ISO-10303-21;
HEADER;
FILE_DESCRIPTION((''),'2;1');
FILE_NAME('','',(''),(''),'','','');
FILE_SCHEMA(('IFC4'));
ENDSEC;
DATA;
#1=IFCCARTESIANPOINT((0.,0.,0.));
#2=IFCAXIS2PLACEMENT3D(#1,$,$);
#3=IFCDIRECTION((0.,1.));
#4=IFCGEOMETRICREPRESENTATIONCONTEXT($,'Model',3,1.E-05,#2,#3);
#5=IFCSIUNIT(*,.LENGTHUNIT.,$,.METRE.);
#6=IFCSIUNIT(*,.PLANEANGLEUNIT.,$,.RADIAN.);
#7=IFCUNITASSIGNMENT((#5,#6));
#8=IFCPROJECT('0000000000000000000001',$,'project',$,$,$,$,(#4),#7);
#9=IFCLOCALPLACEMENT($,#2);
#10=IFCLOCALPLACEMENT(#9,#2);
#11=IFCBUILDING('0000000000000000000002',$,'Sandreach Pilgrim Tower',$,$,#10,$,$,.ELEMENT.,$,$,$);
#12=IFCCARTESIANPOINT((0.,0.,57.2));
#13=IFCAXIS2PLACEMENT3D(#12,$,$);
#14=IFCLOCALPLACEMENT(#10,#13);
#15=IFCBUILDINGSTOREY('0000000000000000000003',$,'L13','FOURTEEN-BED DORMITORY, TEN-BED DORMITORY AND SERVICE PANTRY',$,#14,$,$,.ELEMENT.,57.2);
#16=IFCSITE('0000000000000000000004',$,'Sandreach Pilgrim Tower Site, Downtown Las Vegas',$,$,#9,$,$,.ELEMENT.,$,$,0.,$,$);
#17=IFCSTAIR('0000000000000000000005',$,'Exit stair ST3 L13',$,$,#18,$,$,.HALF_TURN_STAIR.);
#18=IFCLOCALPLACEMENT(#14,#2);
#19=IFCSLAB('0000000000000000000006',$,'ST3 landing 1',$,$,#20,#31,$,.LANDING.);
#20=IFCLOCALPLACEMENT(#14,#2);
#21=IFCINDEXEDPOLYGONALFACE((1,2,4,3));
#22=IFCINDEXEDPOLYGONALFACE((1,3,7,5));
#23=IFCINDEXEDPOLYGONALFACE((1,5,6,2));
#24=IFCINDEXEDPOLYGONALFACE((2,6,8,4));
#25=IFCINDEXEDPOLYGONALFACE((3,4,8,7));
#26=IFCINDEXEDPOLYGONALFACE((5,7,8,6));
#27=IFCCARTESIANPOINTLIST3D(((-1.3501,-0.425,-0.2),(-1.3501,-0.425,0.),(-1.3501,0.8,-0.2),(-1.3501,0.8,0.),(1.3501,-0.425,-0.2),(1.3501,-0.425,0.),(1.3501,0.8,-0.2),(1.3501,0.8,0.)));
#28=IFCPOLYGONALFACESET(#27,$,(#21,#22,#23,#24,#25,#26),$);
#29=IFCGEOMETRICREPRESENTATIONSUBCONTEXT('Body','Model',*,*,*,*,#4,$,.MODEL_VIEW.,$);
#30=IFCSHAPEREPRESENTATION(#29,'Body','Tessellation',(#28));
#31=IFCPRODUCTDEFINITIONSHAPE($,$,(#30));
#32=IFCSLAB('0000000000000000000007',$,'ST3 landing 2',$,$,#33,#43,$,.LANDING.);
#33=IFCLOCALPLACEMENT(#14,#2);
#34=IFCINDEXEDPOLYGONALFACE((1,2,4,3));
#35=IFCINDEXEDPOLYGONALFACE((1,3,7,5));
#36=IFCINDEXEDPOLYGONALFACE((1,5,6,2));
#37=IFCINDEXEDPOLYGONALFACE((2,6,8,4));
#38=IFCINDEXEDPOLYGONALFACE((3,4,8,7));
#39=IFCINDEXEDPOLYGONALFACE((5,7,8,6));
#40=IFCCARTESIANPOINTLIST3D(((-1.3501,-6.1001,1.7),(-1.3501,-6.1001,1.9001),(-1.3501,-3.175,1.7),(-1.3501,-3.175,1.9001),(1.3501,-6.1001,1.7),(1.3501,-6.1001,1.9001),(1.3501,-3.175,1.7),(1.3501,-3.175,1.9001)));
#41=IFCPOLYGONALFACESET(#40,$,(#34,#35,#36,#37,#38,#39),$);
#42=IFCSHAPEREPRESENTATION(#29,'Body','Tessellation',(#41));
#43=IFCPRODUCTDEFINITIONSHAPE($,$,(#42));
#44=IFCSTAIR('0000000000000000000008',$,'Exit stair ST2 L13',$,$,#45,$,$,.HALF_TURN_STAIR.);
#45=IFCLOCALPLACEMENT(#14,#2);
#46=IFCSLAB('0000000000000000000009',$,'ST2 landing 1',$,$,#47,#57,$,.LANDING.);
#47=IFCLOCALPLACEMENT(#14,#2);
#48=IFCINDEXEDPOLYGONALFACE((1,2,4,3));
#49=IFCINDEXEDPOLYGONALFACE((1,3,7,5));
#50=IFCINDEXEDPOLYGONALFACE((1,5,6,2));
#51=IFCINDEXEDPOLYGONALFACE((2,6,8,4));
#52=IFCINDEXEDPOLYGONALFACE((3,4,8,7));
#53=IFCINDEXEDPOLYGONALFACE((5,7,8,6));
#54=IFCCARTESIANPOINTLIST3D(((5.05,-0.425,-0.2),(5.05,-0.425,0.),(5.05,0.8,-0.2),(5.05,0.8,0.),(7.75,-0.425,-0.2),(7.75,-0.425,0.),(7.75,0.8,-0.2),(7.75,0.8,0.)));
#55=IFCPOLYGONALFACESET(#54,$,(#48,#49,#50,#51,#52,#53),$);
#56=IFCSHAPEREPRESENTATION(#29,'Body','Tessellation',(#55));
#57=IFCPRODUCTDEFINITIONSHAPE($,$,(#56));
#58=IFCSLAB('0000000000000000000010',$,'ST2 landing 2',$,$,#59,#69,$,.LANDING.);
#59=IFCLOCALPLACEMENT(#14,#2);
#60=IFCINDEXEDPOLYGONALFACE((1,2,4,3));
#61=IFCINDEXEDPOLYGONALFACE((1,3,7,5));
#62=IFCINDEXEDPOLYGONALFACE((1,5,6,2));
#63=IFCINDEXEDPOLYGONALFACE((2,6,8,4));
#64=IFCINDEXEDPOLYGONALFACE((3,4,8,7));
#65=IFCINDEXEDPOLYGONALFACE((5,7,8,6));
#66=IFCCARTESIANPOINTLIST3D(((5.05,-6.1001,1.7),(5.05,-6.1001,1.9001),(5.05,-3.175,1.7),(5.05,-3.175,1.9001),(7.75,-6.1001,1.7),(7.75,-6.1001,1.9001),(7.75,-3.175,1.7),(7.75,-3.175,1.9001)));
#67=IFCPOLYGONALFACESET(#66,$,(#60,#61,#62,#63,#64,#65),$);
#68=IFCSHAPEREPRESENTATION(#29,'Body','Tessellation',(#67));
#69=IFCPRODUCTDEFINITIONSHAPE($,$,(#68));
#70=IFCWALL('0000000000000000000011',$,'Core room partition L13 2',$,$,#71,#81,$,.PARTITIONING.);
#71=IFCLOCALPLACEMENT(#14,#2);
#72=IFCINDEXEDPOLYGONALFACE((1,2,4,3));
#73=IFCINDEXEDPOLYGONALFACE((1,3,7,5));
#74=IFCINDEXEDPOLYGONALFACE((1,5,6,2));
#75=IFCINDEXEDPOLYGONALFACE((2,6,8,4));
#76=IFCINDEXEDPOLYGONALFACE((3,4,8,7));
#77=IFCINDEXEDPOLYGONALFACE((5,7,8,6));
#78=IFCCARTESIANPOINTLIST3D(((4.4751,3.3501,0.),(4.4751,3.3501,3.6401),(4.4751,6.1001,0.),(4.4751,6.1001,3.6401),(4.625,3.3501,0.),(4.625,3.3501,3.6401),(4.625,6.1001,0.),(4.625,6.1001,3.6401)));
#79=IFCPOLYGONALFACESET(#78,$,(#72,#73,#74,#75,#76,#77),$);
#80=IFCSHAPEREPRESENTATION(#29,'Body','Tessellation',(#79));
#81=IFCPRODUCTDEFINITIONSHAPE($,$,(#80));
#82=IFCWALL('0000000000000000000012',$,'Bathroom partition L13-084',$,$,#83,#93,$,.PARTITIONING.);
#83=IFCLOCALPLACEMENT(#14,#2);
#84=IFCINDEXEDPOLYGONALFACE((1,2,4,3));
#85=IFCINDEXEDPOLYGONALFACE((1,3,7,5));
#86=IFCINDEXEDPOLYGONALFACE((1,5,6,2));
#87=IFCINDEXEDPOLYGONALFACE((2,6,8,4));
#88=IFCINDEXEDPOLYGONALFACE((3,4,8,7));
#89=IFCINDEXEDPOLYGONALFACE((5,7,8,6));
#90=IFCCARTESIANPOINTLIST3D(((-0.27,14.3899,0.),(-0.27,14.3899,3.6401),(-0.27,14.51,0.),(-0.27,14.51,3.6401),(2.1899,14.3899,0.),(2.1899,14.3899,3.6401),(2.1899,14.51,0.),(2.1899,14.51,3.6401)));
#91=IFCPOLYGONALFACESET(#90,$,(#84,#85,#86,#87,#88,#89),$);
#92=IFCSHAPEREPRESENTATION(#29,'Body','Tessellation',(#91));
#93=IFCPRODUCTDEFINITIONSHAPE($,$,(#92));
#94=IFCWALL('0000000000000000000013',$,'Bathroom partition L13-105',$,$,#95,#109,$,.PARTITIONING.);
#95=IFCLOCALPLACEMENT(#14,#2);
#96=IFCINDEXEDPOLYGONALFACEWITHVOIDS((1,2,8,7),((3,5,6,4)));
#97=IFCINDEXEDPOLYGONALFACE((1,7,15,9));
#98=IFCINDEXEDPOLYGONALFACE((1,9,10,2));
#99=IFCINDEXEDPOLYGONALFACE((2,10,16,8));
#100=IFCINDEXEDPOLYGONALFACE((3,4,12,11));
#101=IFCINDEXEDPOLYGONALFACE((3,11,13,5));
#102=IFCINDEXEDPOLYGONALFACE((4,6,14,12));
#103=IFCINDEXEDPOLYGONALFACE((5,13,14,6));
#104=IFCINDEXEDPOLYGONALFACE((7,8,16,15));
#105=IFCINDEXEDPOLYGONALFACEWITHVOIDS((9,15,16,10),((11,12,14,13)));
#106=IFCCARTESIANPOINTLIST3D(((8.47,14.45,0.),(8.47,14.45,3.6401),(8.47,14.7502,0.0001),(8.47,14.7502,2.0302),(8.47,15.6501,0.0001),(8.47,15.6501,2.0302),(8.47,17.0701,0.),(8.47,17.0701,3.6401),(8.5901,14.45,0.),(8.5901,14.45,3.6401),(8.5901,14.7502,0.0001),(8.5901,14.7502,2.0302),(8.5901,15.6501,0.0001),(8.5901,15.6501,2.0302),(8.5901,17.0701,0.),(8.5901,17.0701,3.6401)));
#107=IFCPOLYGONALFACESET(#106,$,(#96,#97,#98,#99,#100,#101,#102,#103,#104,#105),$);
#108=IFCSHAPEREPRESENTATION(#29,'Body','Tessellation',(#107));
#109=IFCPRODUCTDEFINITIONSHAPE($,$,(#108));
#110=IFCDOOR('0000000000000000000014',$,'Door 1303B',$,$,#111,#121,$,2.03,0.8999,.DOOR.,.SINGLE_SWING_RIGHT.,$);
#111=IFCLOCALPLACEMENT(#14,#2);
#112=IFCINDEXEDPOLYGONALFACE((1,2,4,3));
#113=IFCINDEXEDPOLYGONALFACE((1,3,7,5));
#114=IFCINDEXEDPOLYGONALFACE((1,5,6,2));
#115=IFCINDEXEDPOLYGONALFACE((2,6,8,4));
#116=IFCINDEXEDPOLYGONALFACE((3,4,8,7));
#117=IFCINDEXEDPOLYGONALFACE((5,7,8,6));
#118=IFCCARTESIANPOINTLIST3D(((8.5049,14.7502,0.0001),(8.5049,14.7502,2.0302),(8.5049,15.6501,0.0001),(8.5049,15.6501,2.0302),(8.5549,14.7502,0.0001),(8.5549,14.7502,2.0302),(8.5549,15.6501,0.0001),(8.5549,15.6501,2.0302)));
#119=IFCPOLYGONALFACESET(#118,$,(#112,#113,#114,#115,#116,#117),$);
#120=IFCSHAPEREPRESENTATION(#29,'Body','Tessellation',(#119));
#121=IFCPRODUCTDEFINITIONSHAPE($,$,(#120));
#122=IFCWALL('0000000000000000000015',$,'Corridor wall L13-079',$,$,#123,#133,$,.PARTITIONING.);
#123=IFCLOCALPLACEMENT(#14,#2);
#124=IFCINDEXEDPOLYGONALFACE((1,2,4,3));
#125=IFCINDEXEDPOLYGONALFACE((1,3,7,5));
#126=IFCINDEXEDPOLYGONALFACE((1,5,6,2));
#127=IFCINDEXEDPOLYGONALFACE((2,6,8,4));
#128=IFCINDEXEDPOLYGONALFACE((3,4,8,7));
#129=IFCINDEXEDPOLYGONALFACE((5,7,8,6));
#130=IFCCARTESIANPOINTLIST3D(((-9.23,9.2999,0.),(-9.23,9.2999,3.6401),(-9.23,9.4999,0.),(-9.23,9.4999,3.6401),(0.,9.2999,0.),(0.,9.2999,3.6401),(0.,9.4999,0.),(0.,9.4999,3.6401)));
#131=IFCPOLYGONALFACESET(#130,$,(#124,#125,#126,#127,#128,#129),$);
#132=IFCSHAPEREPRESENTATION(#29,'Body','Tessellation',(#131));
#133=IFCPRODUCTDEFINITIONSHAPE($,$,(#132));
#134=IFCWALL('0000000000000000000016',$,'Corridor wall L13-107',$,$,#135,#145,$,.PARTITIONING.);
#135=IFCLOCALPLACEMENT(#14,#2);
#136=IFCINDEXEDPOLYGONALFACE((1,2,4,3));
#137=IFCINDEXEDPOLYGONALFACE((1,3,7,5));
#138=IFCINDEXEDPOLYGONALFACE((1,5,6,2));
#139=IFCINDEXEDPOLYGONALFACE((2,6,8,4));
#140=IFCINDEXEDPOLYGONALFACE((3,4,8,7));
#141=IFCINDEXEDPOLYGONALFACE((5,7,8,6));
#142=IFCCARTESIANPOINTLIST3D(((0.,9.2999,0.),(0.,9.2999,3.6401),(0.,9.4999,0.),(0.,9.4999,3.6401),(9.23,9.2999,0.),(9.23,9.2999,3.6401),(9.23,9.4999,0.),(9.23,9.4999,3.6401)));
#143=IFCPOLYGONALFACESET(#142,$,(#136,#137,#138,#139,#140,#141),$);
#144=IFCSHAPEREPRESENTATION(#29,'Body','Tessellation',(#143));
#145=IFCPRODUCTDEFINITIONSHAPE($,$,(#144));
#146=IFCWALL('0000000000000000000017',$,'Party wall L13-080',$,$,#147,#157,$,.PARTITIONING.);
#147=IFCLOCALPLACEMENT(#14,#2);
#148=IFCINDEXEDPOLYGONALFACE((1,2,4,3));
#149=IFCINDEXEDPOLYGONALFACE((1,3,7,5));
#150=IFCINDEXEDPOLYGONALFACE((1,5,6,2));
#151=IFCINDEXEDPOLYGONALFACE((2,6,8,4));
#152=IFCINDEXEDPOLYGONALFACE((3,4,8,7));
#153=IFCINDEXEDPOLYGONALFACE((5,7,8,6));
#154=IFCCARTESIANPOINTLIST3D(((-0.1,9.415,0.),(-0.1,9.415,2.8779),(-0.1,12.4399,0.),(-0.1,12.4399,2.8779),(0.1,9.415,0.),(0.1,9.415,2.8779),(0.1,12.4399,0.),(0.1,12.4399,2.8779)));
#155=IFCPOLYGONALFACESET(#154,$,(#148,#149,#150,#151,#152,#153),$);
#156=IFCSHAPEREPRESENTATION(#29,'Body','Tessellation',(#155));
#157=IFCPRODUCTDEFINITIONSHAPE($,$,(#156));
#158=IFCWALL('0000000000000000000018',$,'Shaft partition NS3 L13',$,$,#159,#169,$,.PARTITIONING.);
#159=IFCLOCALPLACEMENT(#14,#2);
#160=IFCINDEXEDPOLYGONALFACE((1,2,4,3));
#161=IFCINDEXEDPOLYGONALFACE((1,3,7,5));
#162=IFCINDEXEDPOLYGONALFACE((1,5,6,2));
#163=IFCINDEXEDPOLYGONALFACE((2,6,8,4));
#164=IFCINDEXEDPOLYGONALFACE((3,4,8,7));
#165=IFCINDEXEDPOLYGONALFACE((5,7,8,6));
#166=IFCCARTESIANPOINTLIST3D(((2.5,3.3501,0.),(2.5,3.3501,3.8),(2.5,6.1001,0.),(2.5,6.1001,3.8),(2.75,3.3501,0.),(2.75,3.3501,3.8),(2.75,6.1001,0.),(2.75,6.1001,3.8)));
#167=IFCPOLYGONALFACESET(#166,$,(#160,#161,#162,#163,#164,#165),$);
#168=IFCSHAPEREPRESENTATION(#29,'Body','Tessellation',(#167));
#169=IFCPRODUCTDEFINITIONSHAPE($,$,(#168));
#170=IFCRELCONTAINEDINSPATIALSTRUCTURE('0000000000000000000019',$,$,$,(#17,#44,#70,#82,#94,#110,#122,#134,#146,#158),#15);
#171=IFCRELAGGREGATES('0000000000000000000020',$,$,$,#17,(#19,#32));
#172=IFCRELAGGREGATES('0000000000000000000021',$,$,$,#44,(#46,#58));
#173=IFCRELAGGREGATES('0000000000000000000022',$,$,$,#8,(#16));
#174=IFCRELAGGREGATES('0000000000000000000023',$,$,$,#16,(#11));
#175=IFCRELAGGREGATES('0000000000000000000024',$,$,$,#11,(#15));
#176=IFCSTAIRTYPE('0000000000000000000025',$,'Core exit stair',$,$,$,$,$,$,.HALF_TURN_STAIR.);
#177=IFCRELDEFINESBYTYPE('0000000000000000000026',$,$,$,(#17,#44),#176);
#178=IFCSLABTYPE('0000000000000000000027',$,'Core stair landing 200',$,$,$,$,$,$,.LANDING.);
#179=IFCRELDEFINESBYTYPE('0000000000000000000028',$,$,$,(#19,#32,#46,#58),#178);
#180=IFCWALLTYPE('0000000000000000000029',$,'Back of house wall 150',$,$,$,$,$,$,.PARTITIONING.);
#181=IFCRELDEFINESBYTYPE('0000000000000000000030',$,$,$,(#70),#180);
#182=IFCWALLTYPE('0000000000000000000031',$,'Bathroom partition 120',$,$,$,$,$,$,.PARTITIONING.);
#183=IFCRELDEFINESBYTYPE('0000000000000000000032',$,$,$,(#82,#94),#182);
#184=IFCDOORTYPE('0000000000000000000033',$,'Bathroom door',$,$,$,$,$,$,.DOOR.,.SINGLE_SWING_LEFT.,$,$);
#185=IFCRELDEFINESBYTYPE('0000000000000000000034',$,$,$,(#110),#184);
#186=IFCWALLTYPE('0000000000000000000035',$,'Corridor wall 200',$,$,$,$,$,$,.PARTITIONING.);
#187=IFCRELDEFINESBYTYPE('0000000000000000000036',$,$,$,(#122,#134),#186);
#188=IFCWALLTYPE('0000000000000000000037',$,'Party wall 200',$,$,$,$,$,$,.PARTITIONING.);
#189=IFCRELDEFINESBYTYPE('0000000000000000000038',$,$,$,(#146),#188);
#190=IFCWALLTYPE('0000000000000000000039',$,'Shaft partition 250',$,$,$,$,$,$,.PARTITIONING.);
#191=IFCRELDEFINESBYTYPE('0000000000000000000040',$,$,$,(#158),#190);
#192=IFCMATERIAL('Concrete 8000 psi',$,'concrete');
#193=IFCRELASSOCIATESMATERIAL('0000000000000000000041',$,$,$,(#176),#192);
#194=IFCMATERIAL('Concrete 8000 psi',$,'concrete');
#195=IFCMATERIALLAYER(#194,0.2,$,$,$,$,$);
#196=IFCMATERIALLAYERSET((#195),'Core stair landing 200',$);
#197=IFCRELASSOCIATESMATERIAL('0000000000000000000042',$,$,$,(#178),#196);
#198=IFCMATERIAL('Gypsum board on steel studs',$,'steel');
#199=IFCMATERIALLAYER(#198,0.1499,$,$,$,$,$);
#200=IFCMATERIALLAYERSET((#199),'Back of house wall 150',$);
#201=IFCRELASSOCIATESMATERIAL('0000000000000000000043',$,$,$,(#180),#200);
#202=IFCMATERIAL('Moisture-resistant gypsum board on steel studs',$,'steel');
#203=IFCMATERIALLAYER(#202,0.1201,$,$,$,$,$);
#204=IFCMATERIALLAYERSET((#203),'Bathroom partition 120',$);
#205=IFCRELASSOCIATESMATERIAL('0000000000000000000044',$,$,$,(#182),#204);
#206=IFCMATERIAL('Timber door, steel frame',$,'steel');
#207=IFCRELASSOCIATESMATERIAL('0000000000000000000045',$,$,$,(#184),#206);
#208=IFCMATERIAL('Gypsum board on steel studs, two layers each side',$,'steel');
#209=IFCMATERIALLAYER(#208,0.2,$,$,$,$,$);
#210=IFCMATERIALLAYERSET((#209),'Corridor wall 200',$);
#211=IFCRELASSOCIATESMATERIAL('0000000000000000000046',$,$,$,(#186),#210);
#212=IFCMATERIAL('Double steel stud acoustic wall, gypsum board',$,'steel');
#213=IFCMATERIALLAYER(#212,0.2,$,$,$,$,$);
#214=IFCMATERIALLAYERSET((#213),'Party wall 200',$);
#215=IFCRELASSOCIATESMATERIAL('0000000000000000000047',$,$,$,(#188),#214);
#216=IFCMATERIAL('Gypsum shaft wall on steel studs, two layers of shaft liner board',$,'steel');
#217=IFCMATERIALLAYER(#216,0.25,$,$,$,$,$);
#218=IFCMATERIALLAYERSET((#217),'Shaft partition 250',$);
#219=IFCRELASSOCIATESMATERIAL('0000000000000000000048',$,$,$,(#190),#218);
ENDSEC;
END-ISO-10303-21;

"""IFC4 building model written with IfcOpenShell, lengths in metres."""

from ifc_helpers import new_model, si_unit, direction, frame, frame_2d, origin, place, context, subcontext, project, spatial, polyline, rectangle, outline, extrude, material, layer, layer_set, type_object, element, fill, aggregate, save


model = new_model("IFC4")

# Units and contexts
model_context = context("Model", 3, precision=1e-05, world=origin(), true_north=direction((0.0, 1.0)))
body_context = subcontext(model_context, "Body", "Model", "MODEL_VIEW")
ifc_project = project(units=[si_unit("LENGTHUNIT", "METRE"), si_unit("PLANEANGLEUNIT", "RADIAN")], contexts=[model_context])

# Site, building, storey
site_placement = place(None, origin())
site = spatial("IfcSite", under=ifc_project, at=site_placement, Name="Sandreach Pilgrim Tower Site, Downtown Las Vegas", CompositionType="ELEMENT", RefElevation=0.0)
building_placement = place(site_placement, origin())
building = spatial("IfcBuilding", under=site, at=building_placement, Name="Sandreach Pilgrim Tower", CompositionType="ELEMENT")
storey_placement = place(building_placement, frame((0.0, 0.0, 57.2)))
storey = spatial("IfcBuildingStorey", under=building, at=storey_placement, Name="L13", Description="FOURTEEN-BED DORMITORY, TEN-BED DORMITORY AND SERVICE PANTRY", CompositionType="ELEMENT", Elevation=57.2)

# Stairs, slabs
ifc_material_1 = material(Name="Concrete 8000 psi", Category="concrete")
stair_type = type_object("IfcStairType", Name="Core exit stair", PredefinedType="HALF_TURN_STAIR", material=ifc_material_1)
stair_1_placement = place(storey_placement, origin())
stair_1 = element("IfcStair", 1, at=stair_1_placement, inside=storey, type_object=stair_type, Name="Exit stair ST3 L13", PredefinedType="HALF_TURN_STAIR")
ifc_material_2 = material(Name="Concrete 8000 psi", Category="concrete")
ifc_layer_1 = layer(ifc_material_2, 0.2)
ifc_layer_set_1 = layer_set([ifc_layer_1], Name="Core stair landing 200")
slab_type = type_object("IfcSlabType", Name="Core stair landing 200", PredefinedType="LANDING", material=ifc_layer_set_1)
slab_1_placement = place(storey_placement, frame((0.0, 0.0, -0.2)))
slab_1 = element("IfcSlab", 2, at=slab_1_placement, type_object=slab_type, Name="ST3 landing 1", PredefinedType="LANDING", context=body_context, shape_type="SweptSolid", body=[
    extrude(outline(polyline([(-1.3501, -0.425), (1.3501, -0.425), (1.3501, 0.8), (-1.3501, 0.8), (-1.3501, -0.425)])), origin(), (0.0, 0.0, 1.0), 0.2),
])
slab_2_placement = place(storey_placement, frame((0.0, 0.0, 1.7)))
slab_2 = element("IfcSlab", 3, at=slab_2_placement, type_object=slab_type, Name="ST3 landing 2", PredefinedType="LANDING", context=body_context, shape_type="SweptSolid", body=[
    extrude(outline(polyline([(-1.3501, -6.1001), (1.3501, -6.1001), (1.3501, -3.175), (-1.3501, -3.175), (-1.3501, -6.1001)])), origin(), (0.0, 0.0, 1.0), 0.2002),
])
aggregate(stair_1, [slab_1, slab_2])
stair_2_placement = place(storey_placement, origin())
stair_2 = element("IfcStair", 4, at=stair_2_placement, inside=storey, type_object=stair_type, Name="Exit stair ST2 L13", PredefinedType="HALF_TURN_STAIR")
slab_3_placement = place(storey_placement, frame((0.0, 0.0, -0.2)))
slab_3 = element("IfcSlab", 5, at=slab_3_placement, type_object=slab_type, Name="ST2 landing 1", PredefinedType="LANDING", context=body_context, shape_type="SweptSolid", body=[
    extrude(outline(polyline([(5.05, -0.425), (7.75, -0.425), (7.75, 0.8), (5.05, 0.8), (5.05, -0.425)])), origin(), (0.0, 0.0, 1.0), 0.2),
])
slab_4_placement = place(storey_placement, frame((0.0, 0.0, 1.7)))
slab_4 = element("IfcSlab", 6, at=slab_4_placement, type_object=slab_type, Name="ST2 landing 2", PredefinedType="LANDING", context=body_context, shape_type="SweptSolid", body=[
    extrude(outline(polyline([(5.05, -6.1001), (7.75, -6.1001), (7.75, -3.175), (5.05, -3.175), (5.05, -6.1001)])), origin(), (0.0, 0.0, 1.0), 0.2002),
])
aggregate(stair_2, [slab_3, slab_4])

# Walls
ifc_material_3 = material(Name="Gypsum board on steel studs", Category="steel")
ifc_layer_2 = layer(ifc_material_3, 0.1499)
ifc_layer_set_2 = layer_set([ifc_layer_2], Name="Back of house wall 150")
wall_type_1 = type_object("IfcWallType", Name="Back of house wall 150", PredefinedType="PARTITIONING", material=ifc_layer_set_2)
wall_1_placement = place(storey_placement, frame((4.55, 3.3501, 0.0), z_axis=(0.0, 0.0, 1.0), x_axis=(0.0, 1.0, 0.0)))
element("IfcWall", 7, at=wall_1_placement, inside=storey, type_object=wall_type_1, Name="Core room partition L13 2", PredefinedType="PARTITIONING", context=body_context, shape_type="SweptSolid", body=[
    extrude(rectangle(XDim=2.75, YDim=0.1499, at=frame_2d((1.375, 0.0))), origin(), (0.0, 0.0, 1.0), 3.6401),
])
ifc_material_4 = material(Name="Moisture-resistant gypsum board on steel studs", Category="steel")
ifc_layer_3 = layer(ifc_material_4, 0.1201)
ifc_layer_set_3 = layer_set([ifc_layer_3], Name="Bathroom partition 120")
wall_type_2 = type_object("IfcWallType", Name="Bathroom partition 120", PredefinedType="PARTITIONING", material=ifc_layer_set_3)
wall_2_placement = place(storey_placement, frame((2.1899, 14.45, 0.0), z_axis=(0.0, 0.0, 1.0), x_axis=(-1.0, 0.0, 0.0)))
element("IfcWall", 8, at=wall_2_placement, inside=storey, type_object=wall_type_2, Name="Bathroom partition L13-084", PredefinedType="PARTITIONING", context=body_context, shape_type="SweptSolid", body=[
    extrude(rectangle(XDim=2.46, YDim=0.1201, at=frame_2d((1.23, 0.0))), origin(), (0.0, 0.0, 1.0), 3.6401),
])

# Wall, opening, door
wall_3_placement = place(storey_placement, frame((8.53, 17.0701, 0.0), z_axis=(0.0, 0.0, 1.0), x_axis=(0.0, -1.0, 0.0)))
wall_3 = element("IfcWall", 9, at=wall_3_placement, inside=storey, type_object=wall_type_2, Name="Bathroom partition L13-105", PredefinedType="PARTITIONING", context=body_context, shape_type="SweptSolid", body=[
    extrude(rectangle(XDim=2.6201, YDim=0.1201, at=frame_2d((1.3101, 0.0))), origin(), (0.0, 0.0, 1.0), 3.6401),
])
opening_1_placement = place(wall_3_placement, frame((1.4199, 0.0, 0.0)))
opening_1 = element("IfcOpeningElement", 10, at=opening_1_placement, cuts=wall_3, PredefinedType="OPENING", context=body_context, shape_type="SweptSolid", body=[
    extrude(rectangle(XDim=0.8999, YDim=2.03, at=frame_2d((0.45, 1.0151))), frame((0.0, 0.0601, 0.0), z_axis=(0.0, -1.0, 0.0), x_axis=(1.0, 0.0, 0.0)), (0.0, 0.0, 1.0), 0.1201),
])
ifc_material_5 = material(Name="Timber door, steel frame", Category="steel")
door_type_1 = type_object("IfcDoorType", Name="Bathroom door", OperationType="SINGLE_SWING_LEFT", PredefinedType="DOOR", material=ifc_material_5)
door_1_placement = place(opening_1_placement, origin())
door_1 = element("IfcDoor", 11, at=door_1_placement, inside=storey, type_object=door_type_1, Name="Door 1303B", OperationType="SINGLE_SWING_RIGHT", OverallHeight=2.03, OverallWidth=0.8999, PredefinedType="DOOR", context=body_context, shape_type="SweptSolid", body=[
    extrude(rectangle(XDim=0.8999, YDim=2.03, at=frame_2d((0.45, 1.0151))), frame((0.0, 0.0249, 0.0), z_axis=(0.0, -1.0, 0.0), x_axis=(1.0, 0.0, 0.0)), (0.0, 0.0, 1.0), 0.05),
])
fill(opening_1, door_1)

# Wall
ifc_material_6 = material(Name="Gypsum board on steel studs, two layers each side", Category="steel")
ifc_layer_4 = layer(ifc_material_6, 0.2)
ifc_layer_set_4 = layer_set([ifc_layer_4], Name="Corridor wall 200")
wall_type_3 = type_object("IfcWallType", Name="Corridor wall 200", PredefinedType="PARTITIONING", material=ifc_layer_set_4)
wall_4_placement = place(storey_placement, frame((0.0, 9.3999, 0.0), z_axis=(0.0, 0.0, 1.0), x_axis=(-1.0, 0.0, 0.0)))
element("IfcWall", 12, at=wall_4_placement, inside=storey, type_object=wall_type_3, Name="Corridor wall L13-079", PredefinedType="PARTITIONING", context=body_context, shape_type="SweptSolid", body=[
    extrude(rectangle(XDim=9.23, YDim=0.2, at=frame_2d((4.615, 0.0))), origin(), (0.0, 0.0, 1.0), 3.6401),
])

# Walls
wall_5_placement = place(storey_placement, frame((9.23, 9.3999, 0.0), z_axis=(0.0, 0.0, 1.0), x_axis=(-1.0, 0.0, 0.0)))
element("IfcWall", 13, at=wall_5_placement, inside=storey, type_object=wall_type_3, Name="Corridor wall L13-107", PredefinedType="PARTITIONING", context=body_context, shape_type="SweptSolid", body=[
    extrude(rectangle(XDim=9.23, YDim=0.2, at=frame_2d((4.615, 0.0))), origin(), (0.0, 0.0, 1.0), 3.6401),
])
ifc_material_7 = material(Name="Double steel stud acoustic wall, gypsum board", Category="steel")
ifc_layer_5 = layer(ifc_material_7, 0.2)
ifc_layer_set_5 = layer_set([ifc_layer_5], Name="Party wall 200")
wall_type_4 = type_object("IfcWallType", Name="Party wall 200", PredefinedType="PARTITIONING", material=ifc_layer_set_5)
wall_6_placement = place(storey_placement, frame((0.0, 12.4399, 0.0), z_axis=(0.0, 0.0, 1.0), x_axis=(0.0, -1.0, 0.0)))
element("IfcWall", 14, at=wall_6_placement, inside=storey, type_object=wall_type_4, Name="Party wall L13-080", PredefinedType="PARTITIONING", context=body_context, shape_type="SweptSolid", body=[
    extrude(rectangle(XDim=3.0249, YDim=0.2, at=frame_2d((1.5125, 0.0))), origin(), (0.0, 0.0, 1.0), 2.8779),
])
ifc_material_8 = material(Name="Gypsum shaft wall on steel studs, two layers of shaft liner board", Category="steel")
ifc_layer_6 = layer(ifc_material_8, 0.25)
ifc_layer_set_6 = layer_set([ifc_layer_6], Name="Shaft partition 250")
wall_type_5 = type_object("IfcWallType", Name="Shaft partition 250", PredefinedType="PARTITIONING", material=ifc_layer_set_6)
wall_7_placement = place(storey_placement, frame((2.625, 3.3501, 0.0), z_axis=(0.0, 0.0, 1.0), x_axis=(0.0, 1.0, 0.0)))
element("IfcWall", 15, at=wall_7_placement, inside=storey, type_object=wall_type_5, Name="Shaft partition NS3 L13", PredefinedType="PARTITIONING", context=body_context, shape_type="SweptSolid", body=[
    extrude(rectangle(XDim=2.75, YDim=0.25, at=frame_2d((1.375, 0.0))), origin(), (0.0, 0.0, 1.0), 3.8),
])

save(model, "model.ifc")
